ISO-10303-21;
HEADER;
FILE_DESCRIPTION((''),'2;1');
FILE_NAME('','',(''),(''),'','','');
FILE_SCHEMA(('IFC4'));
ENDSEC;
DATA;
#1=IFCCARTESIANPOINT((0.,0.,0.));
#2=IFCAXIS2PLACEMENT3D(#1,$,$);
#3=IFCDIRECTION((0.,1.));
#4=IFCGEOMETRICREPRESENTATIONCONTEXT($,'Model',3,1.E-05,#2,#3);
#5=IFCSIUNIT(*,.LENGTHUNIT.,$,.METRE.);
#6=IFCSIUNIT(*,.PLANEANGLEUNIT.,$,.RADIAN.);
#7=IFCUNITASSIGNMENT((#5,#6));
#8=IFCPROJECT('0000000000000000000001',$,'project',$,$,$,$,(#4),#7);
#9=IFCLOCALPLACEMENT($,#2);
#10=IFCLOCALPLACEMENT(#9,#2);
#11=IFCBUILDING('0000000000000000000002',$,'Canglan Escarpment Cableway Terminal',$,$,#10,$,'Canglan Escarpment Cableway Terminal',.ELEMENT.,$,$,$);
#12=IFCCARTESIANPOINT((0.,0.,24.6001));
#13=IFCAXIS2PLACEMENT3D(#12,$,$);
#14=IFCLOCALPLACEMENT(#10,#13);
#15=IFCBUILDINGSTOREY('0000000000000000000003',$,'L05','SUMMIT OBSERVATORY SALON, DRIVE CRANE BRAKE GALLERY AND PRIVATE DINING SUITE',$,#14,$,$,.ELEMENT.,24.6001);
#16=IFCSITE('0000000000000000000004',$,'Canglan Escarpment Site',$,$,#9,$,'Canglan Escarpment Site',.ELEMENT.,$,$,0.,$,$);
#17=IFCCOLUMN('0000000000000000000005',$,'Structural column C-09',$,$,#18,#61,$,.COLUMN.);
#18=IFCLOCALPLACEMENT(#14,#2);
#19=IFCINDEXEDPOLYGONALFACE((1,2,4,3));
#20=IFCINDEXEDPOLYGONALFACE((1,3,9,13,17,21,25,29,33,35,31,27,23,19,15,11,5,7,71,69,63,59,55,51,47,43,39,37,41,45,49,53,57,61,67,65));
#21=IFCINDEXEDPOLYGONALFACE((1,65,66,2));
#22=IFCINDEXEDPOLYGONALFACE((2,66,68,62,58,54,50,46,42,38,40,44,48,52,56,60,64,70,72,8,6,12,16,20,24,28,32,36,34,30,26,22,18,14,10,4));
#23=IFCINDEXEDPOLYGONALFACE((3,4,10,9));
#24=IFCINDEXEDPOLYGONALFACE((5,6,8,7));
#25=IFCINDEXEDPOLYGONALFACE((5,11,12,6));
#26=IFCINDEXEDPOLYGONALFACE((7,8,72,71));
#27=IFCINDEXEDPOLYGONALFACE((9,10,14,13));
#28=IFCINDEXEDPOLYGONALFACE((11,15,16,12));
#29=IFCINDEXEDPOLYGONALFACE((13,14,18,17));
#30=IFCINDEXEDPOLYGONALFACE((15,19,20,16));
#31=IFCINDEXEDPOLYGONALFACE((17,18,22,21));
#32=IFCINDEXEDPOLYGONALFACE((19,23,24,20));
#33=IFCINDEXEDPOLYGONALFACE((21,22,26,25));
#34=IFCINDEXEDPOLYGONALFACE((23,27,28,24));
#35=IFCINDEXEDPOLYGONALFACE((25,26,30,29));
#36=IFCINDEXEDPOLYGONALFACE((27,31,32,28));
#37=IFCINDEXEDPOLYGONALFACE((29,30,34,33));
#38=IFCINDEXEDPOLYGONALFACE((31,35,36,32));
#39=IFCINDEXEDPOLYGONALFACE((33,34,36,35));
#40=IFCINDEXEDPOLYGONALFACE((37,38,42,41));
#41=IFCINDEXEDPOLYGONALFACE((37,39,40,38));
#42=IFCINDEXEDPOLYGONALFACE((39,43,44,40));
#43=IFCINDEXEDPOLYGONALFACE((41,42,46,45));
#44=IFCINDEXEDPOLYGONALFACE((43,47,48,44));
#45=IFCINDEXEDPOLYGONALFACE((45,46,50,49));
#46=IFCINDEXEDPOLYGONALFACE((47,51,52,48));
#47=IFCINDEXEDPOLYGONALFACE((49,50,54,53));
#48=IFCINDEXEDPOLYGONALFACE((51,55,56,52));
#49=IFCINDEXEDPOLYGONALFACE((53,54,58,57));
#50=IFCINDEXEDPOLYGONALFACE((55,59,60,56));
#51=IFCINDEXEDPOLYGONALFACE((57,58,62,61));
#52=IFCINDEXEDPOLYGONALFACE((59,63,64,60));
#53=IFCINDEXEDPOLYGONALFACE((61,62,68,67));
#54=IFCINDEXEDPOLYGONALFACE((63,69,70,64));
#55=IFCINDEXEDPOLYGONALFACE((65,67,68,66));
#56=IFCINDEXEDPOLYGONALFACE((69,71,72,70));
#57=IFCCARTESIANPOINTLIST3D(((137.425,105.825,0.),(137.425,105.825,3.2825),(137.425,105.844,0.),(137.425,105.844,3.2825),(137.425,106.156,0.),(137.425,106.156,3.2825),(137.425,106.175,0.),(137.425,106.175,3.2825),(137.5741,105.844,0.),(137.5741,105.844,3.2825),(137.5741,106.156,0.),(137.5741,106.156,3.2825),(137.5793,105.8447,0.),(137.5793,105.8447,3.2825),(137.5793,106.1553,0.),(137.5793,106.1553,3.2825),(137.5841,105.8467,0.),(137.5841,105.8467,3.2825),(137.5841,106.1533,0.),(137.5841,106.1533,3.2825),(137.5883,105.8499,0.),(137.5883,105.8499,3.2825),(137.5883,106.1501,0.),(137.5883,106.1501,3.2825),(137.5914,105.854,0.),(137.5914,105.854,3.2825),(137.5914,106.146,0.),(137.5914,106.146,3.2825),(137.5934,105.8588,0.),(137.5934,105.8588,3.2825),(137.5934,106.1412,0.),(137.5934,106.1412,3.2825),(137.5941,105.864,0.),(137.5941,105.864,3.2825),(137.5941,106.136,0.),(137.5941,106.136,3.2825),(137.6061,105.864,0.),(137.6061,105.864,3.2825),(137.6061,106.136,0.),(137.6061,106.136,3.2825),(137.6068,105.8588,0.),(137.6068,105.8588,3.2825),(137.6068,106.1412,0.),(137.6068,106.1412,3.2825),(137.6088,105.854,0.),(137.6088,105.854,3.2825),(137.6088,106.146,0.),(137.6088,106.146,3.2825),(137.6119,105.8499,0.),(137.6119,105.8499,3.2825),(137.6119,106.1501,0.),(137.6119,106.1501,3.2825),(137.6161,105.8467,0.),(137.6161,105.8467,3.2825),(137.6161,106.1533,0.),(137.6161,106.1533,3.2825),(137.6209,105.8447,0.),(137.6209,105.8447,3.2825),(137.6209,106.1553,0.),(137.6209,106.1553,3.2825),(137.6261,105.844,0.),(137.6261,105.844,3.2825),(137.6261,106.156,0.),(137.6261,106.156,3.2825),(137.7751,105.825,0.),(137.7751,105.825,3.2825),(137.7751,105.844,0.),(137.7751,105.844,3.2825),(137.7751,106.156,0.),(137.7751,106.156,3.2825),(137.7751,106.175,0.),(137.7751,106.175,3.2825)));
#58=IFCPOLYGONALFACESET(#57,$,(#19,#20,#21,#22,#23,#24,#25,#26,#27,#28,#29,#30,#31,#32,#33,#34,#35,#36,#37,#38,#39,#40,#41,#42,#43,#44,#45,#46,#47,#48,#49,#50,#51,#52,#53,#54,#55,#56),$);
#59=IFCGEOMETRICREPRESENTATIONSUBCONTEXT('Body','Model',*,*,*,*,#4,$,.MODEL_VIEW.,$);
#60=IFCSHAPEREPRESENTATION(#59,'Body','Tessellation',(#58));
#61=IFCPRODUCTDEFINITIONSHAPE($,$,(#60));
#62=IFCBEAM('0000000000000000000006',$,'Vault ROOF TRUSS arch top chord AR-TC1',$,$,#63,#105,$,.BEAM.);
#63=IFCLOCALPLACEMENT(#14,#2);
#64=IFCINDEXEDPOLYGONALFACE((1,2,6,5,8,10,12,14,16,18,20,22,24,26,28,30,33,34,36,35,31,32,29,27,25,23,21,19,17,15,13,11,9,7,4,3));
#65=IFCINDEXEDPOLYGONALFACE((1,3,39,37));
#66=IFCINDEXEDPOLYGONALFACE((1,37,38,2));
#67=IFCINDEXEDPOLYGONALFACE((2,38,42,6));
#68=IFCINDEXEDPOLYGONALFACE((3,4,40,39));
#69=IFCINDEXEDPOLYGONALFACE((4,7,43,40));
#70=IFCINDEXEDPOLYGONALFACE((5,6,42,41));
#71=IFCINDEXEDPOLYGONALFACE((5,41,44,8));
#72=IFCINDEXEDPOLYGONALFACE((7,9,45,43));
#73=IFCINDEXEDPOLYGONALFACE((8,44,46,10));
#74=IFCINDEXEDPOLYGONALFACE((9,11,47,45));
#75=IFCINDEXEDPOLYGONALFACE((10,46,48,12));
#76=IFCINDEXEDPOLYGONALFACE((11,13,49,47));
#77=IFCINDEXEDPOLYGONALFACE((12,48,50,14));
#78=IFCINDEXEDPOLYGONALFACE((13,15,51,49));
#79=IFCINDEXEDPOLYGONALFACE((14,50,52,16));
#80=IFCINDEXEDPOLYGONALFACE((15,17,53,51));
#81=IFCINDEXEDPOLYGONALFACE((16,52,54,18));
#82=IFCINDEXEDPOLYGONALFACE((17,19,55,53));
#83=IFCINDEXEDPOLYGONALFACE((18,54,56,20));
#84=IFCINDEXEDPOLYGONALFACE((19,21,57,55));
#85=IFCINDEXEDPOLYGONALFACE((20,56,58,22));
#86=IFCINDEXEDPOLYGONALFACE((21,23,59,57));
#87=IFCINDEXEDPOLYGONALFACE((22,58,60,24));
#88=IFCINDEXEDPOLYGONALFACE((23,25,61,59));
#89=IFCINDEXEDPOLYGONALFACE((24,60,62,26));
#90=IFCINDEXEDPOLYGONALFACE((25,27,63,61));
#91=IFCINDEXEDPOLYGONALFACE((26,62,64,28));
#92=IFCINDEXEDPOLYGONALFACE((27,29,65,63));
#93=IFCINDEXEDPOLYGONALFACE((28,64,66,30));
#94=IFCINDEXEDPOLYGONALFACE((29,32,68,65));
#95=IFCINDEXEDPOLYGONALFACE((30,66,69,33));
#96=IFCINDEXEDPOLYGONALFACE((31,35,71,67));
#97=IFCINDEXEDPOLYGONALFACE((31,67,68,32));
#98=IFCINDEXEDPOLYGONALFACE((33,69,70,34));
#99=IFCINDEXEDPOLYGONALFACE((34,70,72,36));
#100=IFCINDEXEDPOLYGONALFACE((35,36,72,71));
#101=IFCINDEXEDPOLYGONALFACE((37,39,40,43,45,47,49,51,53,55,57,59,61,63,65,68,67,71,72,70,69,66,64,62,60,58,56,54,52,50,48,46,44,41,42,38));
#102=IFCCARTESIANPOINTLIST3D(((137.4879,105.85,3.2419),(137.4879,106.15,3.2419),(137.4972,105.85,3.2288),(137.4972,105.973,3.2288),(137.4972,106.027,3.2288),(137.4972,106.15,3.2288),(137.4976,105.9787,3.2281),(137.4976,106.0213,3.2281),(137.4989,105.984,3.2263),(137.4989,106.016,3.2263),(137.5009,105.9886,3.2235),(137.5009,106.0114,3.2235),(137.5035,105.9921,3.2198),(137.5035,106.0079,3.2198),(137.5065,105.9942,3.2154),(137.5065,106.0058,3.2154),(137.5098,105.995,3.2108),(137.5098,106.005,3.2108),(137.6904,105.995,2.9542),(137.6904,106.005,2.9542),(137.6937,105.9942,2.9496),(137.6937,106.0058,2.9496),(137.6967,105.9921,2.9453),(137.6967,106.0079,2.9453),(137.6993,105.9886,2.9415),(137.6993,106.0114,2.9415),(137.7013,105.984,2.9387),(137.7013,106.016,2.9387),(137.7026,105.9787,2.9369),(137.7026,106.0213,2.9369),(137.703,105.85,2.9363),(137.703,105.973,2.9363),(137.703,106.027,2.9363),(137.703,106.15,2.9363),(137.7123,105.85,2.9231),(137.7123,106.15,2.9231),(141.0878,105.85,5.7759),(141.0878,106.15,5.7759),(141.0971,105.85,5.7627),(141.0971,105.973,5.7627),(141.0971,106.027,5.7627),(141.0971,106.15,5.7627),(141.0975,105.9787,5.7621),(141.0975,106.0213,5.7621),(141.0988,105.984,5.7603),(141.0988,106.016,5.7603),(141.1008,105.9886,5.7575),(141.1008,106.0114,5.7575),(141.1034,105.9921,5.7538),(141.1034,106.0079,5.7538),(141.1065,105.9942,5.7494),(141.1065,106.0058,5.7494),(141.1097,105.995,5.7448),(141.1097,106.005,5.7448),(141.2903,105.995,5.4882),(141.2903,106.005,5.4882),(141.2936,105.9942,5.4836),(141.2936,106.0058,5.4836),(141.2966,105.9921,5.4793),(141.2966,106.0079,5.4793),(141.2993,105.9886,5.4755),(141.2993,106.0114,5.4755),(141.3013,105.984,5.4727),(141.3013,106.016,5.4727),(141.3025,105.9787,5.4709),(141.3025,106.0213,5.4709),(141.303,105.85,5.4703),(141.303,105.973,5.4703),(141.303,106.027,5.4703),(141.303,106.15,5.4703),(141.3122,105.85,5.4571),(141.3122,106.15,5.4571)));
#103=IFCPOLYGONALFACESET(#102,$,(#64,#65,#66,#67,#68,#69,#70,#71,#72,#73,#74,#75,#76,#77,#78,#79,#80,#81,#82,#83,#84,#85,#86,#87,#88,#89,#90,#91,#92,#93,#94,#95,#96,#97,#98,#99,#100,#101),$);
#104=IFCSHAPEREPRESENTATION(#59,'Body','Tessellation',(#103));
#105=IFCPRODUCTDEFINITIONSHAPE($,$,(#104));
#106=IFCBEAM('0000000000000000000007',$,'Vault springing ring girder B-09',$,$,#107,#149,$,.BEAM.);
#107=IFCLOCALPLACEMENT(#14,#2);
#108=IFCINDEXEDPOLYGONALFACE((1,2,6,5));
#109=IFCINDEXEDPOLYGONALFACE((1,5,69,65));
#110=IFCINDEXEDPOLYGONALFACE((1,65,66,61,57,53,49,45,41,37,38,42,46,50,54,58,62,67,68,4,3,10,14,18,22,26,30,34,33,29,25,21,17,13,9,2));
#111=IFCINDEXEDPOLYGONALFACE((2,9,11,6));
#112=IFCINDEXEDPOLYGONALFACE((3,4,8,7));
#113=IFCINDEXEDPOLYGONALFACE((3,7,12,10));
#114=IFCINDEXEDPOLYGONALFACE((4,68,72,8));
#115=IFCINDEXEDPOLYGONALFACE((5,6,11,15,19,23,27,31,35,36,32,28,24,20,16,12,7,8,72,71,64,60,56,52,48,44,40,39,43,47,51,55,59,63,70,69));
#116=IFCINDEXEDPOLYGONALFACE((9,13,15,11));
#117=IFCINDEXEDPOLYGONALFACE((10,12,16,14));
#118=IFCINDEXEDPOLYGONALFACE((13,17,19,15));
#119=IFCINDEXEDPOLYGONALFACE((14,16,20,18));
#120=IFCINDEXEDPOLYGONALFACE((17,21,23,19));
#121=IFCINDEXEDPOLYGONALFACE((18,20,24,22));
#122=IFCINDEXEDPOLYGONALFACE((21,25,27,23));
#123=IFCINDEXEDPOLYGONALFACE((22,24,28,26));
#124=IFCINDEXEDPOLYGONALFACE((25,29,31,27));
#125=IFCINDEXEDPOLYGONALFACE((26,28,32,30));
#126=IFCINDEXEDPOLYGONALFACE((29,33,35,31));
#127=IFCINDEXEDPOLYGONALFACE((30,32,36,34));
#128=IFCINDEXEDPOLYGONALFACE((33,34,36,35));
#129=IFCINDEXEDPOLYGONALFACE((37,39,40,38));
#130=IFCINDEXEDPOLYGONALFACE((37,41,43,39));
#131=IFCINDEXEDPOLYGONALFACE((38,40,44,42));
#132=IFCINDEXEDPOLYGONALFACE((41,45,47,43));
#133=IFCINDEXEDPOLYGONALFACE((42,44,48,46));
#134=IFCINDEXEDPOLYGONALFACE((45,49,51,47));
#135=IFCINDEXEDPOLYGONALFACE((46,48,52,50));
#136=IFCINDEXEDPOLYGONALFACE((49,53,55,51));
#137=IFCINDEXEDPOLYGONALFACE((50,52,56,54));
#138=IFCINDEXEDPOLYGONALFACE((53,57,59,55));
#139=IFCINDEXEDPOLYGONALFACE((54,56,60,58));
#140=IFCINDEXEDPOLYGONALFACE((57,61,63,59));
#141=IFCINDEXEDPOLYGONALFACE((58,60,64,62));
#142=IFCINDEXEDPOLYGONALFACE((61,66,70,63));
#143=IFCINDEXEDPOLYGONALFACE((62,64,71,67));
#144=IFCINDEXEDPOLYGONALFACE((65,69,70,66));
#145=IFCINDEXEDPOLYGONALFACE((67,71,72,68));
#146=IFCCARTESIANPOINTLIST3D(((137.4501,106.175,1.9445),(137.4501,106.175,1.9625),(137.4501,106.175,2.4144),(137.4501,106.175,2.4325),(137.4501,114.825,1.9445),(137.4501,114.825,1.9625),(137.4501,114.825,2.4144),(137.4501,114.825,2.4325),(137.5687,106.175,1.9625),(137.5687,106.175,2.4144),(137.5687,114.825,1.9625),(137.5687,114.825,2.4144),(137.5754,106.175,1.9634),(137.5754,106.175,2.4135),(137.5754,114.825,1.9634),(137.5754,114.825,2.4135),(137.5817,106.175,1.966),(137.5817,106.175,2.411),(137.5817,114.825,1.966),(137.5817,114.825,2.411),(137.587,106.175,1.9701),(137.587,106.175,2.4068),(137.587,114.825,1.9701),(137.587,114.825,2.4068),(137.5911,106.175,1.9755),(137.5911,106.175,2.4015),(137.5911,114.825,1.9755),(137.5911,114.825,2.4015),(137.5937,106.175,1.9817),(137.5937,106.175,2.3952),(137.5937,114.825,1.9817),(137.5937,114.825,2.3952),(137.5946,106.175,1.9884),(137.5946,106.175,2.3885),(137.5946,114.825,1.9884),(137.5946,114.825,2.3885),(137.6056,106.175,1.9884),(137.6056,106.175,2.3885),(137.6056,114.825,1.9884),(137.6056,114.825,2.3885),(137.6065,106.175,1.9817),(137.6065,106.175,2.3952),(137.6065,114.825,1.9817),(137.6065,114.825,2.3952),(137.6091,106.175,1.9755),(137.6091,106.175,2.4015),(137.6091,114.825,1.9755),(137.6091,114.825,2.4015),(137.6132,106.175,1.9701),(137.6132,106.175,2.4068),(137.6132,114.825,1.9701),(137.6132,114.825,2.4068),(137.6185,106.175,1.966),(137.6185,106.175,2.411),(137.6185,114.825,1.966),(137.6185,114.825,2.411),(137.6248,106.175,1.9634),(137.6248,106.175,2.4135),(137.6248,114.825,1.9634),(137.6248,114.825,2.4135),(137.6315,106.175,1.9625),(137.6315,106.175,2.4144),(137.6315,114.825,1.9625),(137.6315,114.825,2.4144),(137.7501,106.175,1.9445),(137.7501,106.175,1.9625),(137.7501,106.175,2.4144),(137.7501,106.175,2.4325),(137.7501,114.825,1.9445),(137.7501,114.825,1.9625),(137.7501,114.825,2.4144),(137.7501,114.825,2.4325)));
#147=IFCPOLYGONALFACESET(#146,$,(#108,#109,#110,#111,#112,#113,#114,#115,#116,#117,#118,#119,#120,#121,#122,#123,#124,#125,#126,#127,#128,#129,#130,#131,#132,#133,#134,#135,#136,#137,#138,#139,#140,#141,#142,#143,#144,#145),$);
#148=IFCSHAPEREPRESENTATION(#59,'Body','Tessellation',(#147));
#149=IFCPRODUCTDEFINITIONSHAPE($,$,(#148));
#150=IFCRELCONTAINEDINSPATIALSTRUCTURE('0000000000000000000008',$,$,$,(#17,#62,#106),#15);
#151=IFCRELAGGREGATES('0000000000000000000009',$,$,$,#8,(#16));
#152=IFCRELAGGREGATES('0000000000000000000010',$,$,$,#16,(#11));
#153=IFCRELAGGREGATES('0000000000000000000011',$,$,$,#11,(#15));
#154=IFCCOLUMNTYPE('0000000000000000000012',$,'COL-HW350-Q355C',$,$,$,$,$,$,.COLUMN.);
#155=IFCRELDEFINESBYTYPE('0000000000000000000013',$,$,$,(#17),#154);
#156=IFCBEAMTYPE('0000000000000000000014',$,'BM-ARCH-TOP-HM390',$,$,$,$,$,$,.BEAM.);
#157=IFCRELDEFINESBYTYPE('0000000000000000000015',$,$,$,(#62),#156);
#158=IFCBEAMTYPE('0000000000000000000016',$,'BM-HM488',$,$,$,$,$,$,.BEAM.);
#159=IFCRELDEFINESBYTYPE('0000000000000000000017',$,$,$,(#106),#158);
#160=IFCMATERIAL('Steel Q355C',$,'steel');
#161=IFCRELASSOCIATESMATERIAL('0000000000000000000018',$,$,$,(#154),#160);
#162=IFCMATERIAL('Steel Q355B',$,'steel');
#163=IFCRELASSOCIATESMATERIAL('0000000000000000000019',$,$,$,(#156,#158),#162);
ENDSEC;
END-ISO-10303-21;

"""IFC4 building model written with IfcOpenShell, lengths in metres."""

from ifc_helpers import new_model, si_unit, direction, frame, origin, origin_2d, place, context, subcontext, project, spatial, i_section, extrude, material, material_profile, profile_set, type_object, element, save


model = new_model("IFC4")

# Units and contexts
model_context = context("Model", 3, precision=1e-05, world=origin(), true_north=direction((0.0, 1.0)))
body_context = subcontext(model_context, "Body", "Model", "MODEL_VIEW")
ifc_project = project(units=[si_unit("LENGTHUNIT", "METRE"), si_unit("PLANEANGLEUNIT", "RADIAN")], contexts=[model_context])

# Site, building, storey
site_placement = place(None, origin())
site = spatial("IfcSite", under=ifc_project, at=site_placement, Name="Canglan Escarpment Site", LongName="Canglan Escarpment Site", CompositionType="ELEMENT", RefElevation=0.0)
building_placement = place(site_placement, origin())
building = spatial("IfcBuilding", under=site, at=building_placement, Name="Canglan Escarpment Cableway Terminal", LongName="Canglan Escarpment Cableway Terminal", CompositionType="ELEMENT")
storey_placement = place(building_placement, frame((0.0, 0.0, 24.6001)))
storey = spatial("IfcBuildingStorey", under=building, at=storey_placement, Name="L05", Description="SUMMIT OBSERVATORY SALON, DRIVE CRANE BRAKE GALLERY AND PRIVATE DINING SUITE", CompositionType="ELEMENT", Elevation=24.6001)

# Column
ifc_material_1 = material(Name="Steel Q355C", Category="steel")
ifc_material_profile_1 = material_profile(ifc_material_1, i_section(OverallWidth=0.3501, OverallDepth=0.3501, WebThickness=0.012, FlangeThickness=0.019, FilletRadius=0.02, at=origin_2d()), Name="HW 350x350x12x19")
ifc_profile_set_1 = profile_set([ifc_material_profile_1], Name="Steel Q355C")
column_type = type_object("IfcColumnType", Name="COL-HW350-Q355C", PredefinedType="COLUMN", material=ifc_profile_set_1)
column_placement = place(storey_placement, frame((137.6001, 106.0, 0.0), z_axis=(0.0, 0.0, 1.0), x_axis=(1.0, 0.0, 0.0)))
element("IfcColumn", 1, at=column_placement, inside=storey, type_object=column_type, Name="Structural column C-09", PredefinedType="COLUMN", context=body_context, shape_type="SweptSolid", body=[
    extrude(i_section(OverallWidth=0.3501, OverallDepth=0.3501, WebThickness=0.012, FlangeThickness=0.019, FilletRadius=0.02, at=origin_2d()), origin(), (0.0, 0.0, 1.0), 3.2825),
])

# Beams
ifc_material_2 = material(Name="Steel Q355B", Category="steel")
ifc_material_profile_2 = material_profile(ifc_material_2, i_section(OverallWidth=0.3, OverallDepth=0.3899, WebThickness=0.01, FlangeThickness=0.0161, FilletRadius=0.022, at=origin_2d()), Name="HM 390x300x10x16")
ifc_profile_set_2 = profile_set([ifc_material_profile_2], Name="Steel Q355B")
beam_type_1 = type_object("IfcBeamType", Name="BM-ARCH-TOP-HM390", PredefinedType="BEAM", material=ifc_profile_set_2)
beam_1_placement = place(storey_placement, frame((137.6001, 106.0, 3.0825), z_axis=(0.817731, 0.0, 0.575601), x_axis=(0.0, 1.0, 0.0)))
element("IfcBeam", 2, at=beam_1_placement, inside=storey, type_object=beam_type_1, Name="Vault ROOF TRUSS arch top chord AR-TC1", PredefinedType="BEAM", context=body_context, shape_type="SweptSolid", body=[
    extrude(i_section(OverallWidth=0.3, OverallDepth=0.3899, WebThickness=0.01, FlangeThickness=0.0161, FilletRadius=0.022, at=origin_2d()), origin(), (0.0, 0.0, 1.0), 4.4023),
])
ifc_material_profile_3 = material_profile(ifc_material_2, i_section(OverallWidth=0.3, OverallDepth=0.488, WebThickness=0.011, FlangeThickness=0.0181, FilletRadius=0.0259, at=origin_2d()), Name="HM 488x300x11x18")
ifc_profile_set_3 = profile_set([ifc_material_profile_3], Name="Steel Q355B")
beam_type_2 = type_object("IfcBeamType", Name="BM-HM488", PredefinedType="BEAM", material=ifc_profile_set_3)
beam_2_placement = place(storey_placement, frame((137.6001, 106.175, 2.1885), z_axis=(0.0, 1.0, 0.0), x_axis=(-1.0, 0.0, 0.0)))
element("IfcBeam", 3, at=beam_2_placement, inside=storey, type_object=beam_type_2, Name="Vault springing ring girder B-09", PredefinedType="BEAM", context=body_context, shape_type="SweptSolid", body=[
    extrude(i_section(OverallWidth=0.3, OverallDepth=0.488, WebThickness=0.011, FlangeThickness=0.0181, FilletRadius=0.0259, at=origin_2d()), origin(), (0.0, 0.0, 1.0), 8.6499),
])

save(model, "model.ifc")
